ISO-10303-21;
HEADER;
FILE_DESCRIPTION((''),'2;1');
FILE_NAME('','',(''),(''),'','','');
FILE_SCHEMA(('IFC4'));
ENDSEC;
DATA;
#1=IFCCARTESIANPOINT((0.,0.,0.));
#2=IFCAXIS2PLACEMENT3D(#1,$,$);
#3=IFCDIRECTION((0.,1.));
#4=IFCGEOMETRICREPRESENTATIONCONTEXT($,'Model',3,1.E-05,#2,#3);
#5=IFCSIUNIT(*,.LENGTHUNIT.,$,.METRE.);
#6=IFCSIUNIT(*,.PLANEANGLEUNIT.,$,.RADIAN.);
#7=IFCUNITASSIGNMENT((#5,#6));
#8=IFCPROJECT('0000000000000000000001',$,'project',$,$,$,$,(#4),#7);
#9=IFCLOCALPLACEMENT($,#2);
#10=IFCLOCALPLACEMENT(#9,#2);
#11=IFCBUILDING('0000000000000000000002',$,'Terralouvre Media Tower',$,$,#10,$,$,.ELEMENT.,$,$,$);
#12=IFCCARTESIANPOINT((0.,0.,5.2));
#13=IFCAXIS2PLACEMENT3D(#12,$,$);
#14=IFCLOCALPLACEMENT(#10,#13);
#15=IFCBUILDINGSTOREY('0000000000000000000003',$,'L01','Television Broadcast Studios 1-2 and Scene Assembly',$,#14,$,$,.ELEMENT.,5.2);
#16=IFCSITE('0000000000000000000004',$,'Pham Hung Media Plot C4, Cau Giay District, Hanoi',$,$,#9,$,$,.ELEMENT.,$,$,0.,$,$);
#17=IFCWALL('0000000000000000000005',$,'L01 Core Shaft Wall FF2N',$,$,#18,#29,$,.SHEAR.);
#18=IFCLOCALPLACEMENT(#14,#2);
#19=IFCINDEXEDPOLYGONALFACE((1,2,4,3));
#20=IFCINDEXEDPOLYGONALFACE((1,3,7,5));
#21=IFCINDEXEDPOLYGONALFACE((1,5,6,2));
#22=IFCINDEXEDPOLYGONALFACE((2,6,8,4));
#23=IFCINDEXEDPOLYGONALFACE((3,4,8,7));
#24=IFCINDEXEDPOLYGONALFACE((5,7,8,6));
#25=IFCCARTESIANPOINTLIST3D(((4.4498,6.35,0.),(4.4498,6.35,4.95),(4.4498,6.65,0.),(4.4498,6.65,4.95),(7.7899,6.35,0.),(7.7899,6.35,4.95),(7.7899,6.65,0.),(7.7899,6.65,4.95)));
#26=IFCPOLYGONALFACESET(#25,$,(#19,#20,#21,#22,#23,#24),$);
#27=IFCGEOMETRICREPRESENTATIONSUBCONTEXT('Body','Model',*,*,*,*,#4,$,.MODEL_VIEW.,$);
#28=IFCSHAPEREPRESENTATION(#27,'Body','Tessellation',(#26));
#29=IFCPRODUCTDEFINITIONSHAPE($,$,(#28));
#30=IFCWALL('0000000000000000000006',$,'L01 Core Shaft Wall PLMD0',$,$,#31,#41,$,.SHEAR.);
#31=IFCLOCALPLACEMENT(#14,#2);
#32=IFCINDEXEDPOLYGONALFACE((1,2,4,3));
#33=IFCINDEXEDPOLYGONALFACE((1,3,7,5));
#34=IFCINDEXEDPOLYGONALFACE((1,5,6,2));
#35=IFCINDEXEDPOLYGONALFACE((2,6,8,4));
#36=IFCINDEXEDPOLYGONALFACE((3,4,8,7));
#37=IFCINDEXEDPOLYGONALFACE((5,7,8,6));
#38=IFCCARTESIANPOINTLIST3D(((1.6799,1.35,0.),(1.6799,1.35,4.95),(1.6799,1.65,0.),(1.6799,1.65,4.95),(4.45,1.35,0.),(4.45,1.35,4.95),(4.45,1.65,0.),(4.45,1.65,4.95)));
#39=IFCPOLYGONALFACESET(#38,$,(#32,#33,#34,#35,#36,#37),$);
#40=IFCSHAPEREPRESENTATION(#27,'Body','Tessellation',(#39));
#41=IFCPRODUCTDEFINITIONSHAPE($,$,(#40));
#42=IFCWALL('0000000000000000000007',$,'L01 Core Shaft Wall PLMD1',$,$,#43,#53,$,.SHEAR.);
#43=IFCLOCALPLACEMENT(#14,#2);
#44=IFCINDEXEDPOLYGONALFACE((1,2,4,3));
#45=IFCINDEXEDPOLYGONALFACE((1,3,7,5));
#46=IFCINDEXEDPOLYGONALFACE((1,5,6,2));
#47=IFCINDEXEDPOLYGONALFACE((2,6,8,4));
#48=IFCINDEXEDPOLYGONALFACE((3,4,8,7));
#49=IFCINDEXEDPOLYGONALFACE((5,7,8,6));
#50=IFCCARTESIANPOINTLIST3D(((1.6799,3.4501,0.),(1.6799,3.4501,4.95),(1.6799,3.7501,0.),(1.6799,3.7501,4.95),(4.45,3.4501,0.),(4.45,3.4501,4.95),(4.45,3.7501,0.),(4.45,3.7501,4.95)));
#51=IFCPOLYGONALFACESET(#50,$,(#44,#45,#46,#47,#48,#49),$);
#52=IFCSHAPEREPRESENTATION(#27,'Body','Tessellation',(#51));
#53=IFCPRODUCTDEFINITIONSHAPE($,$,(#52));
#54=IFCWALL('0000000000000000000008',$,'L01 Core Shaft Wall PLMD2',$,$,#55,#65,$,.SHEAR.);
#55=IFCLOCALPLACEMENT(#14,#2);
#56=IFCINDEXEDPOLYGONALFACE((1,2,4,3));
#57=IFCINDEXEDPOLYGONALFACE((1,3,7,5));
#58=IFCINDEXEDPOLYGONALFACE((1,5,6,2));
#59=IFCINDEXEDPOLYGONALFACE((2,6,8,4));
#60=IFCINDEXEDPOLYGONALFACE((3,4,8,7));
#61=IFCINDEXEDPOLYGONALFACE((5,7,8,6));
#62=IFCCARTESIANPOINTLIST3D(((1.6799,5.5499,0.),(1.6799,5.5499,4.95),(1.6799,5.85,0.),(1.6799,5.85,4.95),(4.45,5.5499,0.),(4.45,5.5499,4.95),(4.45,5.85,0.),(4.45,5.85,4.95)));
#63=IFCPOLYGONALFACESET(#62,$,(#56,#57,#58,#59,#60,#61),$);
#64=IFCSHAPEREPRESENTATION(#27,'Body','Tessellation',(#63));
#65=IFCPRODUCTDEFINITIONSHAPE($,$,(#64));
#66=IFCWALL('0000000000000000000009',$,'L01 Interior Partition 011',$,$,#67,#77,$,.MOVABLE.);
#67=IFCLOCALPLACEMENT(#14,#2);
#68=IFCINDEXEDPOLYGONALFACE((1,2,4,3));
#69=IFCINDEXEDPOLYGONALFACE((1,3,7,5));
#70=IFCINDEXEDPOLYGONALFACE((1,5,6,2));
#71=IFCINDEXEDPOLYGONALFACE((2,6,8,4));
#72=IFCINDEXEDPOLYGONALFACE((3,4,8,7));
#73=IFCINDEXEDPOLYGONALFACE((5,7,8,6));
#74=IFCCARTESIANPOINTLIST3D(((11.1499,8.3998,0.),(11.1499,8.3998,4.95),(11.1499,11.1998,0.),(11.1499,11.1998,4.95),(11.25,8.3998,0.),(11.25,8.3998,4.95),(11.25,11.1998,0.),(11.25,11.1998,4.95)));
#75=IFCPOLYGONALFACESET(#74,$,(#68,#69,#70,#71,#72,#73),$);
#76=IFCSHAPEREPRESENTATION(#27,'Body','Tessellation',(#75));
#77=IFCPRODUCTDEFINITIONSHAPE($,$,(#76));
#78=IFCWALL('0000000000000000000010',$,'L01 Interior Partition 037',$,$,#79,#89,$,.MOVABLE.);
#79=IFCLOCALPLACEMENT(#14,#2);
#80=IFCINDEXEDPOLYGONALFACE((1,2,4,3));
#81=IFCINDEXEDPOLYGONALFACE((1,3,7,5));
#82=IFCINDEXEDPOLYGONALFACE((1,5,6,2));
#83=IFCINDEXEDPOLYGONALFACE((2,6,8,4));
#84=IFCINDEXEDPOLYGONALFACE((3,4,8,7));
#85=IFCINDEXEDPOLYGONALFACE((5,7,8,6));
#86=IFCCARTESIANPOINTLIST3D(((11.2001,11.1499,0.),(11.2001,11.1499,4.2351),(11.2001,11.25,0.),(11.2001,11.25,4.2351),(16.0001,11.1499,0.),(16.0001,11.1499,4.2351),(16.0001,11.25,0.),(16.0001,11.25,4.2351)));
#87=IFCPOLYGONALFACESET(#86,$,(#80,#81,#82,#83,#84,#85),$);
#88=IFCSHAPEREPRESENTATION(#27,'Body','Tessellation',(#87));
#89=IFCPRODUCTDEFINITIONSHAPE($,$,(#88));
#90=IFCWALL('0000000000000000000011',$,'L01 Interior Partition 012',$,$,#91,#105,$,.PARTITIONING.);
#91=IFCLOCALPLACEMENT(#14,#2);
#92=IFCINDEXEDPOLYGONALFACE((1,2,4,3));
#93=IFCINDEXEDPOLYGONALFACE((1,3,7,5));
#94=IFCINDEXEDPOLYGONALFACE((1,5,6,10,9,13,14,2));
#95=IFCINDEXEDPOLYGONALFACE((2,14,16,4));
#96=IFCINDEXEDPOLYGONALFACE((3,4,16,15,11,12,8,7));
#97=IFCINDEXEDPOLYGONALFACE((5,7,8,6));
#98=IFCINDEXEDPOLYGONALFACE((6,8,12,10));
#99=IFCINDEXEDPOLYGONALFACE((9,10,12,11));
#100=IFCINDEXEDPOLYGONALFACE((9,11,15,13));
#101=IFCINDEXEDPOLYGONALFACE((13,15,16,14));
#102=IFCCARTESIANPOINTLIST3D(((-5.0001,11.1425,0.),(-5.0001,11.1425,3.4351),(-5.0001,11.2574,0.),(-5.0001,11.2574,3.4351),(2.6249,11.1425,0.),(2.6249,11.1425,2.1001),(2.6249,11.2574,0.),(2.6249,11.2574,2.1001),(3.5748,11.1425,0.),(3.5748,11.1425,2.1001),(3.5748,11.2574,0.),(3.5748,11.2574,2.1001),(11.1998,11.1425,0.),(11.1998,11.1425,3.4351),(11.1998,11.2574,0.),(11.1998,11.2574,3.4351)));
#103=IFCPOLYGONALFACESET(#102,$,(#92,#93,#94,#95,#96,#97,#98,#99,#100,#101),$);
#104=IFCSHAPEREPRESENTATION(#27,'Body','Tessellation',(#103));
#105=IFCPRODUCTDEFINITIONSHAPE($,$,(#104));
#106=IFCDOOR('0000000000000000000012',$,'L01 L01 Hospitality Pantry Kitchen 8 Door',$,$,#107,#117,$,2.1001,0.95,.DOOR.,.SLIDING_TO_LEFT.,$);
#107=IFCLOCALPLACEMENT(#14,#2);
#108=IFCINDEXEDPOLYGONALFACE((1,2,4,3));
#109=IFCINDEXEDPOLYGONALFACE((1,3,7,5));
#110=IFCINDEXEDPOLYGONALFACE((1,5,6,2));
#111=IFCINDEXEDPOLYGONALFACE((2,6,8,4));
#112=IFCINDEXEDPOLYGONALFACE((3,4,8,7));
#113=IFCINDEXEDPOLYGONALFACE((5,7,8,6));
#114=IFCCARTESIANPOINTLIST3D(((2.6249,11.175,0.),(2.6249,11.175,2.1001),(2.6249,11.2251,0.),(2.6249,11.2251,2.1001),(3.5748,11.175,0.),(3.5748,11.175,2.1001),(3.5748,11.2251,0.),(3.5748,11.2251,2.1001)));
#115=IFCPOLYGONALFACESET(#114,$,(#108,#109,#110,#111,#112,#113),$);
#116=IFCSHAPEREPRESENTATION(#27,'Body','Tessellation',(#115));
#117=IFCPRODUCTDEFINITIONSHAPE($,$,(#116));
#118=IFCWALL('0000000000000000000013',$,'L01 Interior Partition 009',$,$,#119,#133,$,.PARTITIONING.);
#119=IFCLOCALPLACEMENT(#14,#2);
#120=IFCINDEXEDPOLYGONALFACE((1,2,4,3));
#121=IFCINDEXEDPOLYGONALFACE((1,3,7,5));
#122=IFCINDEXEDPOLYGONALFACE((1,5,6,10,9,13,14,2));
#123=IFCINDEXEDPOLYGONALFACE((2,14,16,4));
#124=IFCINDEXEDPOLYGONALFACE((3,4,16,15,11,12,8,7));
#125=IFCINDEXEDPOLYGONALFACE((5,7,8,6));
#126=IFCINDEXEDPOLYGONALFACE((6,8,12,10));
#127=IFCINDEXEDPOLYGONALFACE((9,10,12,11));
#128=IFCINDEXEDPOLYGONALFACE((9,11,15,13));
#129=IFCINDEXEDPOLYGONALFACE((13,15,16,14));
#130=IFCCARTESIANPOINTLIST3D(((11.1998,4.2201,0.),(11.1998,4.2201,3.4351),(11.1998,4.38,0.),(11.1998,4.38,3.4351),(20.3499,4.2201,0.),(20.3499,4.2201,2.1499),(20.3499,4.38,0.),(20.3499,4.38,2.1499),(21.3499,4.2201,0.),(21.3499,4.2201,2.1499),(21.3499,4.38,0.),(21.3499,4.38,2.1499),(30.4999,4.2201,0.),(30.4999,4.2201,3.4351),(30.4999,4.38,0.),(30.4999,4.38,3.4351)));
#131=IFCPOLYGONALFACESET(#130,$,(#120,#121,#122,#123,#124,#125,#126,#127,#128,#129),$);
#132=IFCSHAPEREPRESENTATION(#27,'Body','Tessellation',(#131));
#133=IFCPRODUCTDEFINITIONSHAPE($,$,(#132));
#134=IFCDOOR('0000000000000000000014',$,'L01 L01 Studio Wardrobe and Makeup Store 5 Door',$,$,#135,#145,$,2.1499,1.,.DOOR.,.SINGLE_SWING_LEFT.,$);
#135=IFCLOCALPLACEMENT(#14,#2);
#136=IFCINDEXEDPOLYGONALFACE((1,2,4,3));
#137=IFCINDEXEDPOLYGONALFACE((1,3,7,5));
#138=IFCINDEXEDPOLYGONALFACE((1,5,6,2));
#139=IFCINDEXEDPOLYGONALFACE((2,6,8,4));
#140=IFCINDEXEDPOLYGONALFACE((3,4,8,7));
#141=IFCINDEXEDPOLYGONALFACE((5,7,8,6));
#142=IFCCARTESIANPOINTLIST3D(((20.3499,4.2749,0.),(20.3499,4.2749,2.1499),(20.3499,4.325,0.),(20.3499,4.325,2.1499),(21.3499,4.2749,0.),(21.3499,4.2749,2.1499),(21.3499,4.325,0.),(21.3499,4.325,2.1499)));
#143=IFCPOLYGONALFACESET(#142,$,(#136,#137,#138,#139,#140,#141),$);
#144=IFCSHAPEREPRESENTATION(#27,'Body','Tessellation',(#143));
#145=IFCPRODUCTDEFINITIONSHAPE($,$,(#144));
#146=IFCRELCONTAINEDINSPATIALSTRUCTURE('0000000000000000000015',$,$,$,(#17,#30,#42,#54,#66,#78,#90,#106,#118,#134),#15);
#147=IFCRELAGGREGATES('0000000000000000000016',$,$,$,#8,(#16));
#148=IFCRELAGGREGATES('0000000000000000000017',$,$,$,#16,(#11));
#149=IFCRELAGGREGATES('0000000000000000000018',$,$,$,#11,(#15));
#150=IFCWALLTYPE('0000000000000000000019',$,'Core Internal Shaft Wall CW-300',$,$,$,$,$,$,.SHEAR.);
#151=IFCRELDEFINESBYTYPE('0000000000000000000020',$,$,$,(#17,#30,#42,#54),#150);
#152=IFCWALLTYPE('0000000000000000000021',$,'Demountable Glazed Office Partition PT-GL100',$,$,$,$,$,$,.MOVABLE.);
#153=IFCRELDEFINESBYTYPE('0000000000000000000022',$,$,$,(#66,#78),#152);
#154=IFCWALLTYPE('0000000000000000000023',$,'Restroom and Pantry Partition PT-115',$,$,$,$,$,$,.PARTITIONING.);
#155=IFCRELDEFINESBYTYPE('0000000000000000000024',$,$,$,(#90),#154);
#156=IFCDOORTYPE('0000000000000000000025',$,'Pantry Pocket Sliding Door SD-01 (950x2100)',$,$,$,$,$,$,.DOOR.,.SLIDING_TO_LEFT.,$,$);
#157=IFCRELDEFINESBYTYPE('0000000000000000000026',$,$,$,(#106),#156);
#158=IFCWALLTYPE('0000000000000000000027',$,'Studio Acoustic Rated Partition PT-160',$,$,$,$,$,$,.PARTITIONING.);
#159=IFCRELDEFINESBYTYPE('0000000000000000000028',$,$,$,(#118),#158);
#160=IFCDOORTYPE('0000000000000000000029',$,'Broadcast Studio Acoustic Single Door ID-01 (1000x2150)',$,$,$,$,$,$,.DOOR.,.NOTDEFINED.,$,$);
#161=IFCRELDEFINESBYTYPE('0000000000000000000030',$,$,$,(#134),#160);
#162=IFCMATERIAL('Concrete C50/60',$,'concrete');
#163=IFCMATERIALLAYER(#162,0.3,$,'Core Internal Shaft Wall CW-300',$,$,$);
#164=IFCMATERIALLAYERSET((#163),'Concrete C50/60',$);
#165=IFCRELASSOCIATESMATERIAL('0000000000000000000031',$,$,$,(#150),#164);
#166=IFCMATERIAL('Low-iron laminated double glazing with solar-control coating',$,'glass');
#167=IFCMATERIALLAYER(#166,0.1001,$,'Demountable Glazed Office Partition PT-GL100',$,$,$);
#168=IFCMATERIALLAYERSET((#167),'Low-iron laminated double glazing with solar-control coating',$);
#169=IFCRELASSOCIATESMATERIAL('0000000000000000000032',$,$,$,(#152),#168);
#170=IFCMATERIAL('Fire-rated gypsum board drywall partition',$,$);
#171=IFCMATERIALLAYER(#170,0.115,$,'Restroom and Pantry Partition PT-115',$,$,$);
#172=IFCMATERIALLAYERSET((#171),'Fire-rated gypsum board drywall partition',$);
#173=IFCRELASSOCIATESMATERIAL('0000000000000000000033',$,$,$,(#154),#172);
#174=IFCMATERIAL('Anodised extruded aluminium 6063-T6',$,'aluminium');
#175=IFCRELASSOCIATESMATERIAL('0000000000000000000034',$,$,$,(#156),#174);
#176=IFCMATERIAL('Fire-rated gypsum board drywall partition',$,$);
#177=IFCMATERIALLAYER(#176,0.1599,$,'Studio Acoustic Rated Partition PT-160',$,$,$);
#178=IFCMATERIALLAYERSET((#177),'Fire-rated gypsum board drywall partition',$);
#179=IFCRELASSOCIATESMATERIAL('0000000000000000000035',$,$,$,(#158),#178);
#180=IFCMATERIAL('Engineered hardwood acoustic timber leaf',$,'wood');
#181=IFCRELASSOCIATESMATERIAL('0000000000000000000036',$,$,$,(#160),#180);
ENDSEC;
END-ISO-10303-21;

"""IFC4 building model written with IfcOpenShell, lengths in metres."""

from ifc_helpers import new_model, si_unit, direction, frame, frame_2d, origin, place, context, subcontext, project, spatial, rectangle, extrude, material, layer, layer_set, type_object, element, fill, save


model = new_model("IFC4")

# Units and contexts
model_context = context("Model", 3, precision=1e-05, world=origin(), true_north=direction((0.0, 1.0)))
body_context = subcontext(model_context, "Body", "Model", "MODEL_VIEW")
ifc_project = project(units=[si_unit("LENGTHUNIT", "METRE"), si_unit("PLANEANGLEUNIT", "RADIAN")], contexts=[model_context])

# Site, building, storey
site_placement = place(None, origin())
site = spatial("IfcSite", under=ifc_project, at=site_placement, Name="Pham Hung Media Plot C4, Cau Giay District, Hanoi", CompositionType="ELEMENT", RefElevation=0.0)
building_placement = place(site_placement, origin())
building = spatial("IfcBuilding", under=site, at=building_placement, Name="Terralouvre Media Tower", CompositionType="ELEMENT")
storey_placement = place(building_placement, frame((0.0, 0.0, 5.2)))
storey = spatial("IfcBuildingStorey", under=building, at=storey_placement, Name="L01", Description="Television Broadcast Studios 1-2 and Scene Assembly", CompositionType="ELEMENT", Elevation=5.2)

# Shared definitions
ifc_material_1 = material(Name="Concrete C50/60", Category="concrete")
ifc_layer_1 = layer(ifc_material_1, 0.3, Name="Core Internal Shaft Wall CW-300")
ifc_layer_set_1 = layer_set([ifc_layer_1], Name="Concrete C50/60")
wall_type_1 = type_object("IfcWallType", Name="Core Internal Shaft Wall CW-300", PredefinedType="SHEAR", material=ifc_layer_set_1)

# Walls
wall_1_placement = place(storey_placement, frame((4.45, 6.5, 0.0), z_axis=(0.0, 0.0, 1.0), x_axis=(1.0, 0.0, 0.0)))
element("IfcWall", 1, at=wall_1_placement, inside=storey, type_object=wall_type_1, Name="L01 Core Shaft Wall FF2N", PredefinedType="SHEAR", context=body_context, shape_type="SweptSolid", body=[
    extrude(rectangle(XDim=3.3401, YDim=0.3, at=frame_2d((1.6699, 0.0))), origin(), (0.0, 0.0, 1.0), 4.95),
])
for number, where, z_axis, x_axis, name in (
    (2, (1.6799, 1.5, 0.0), (0.0, 0.0, 1.0), (1.0, 0.0, 0.0), "L01 Core Shaft Wall PLMD0"),
    (3, (1.6799, 3.6001, 0.0), (0.0, 0.0, 1.0), (1.0, 0.0, 0.0), "L01 Core Shaft Wall PLMD1"),
    (4, (1.6799, 5.7, 0.0), (0.0, 0.0, 1.0), (1.0, 0.0, 0.0), "L01 Core Shaft Wall PLMD2"),
):
    element("IfcWall", number, at=place(storey_placement, frame(where, z_axis=z_axis, x_axis=x_axis)), inside=storey, type_object=wall_type_1, Name=name, PredefinedType="SHEAR", context=body_context, shape_type="SweptSolid", body=[
        extrude(rectangle(XDim=2.77, YDim=0.3, at=frame_2d((1.385, 0.0))), origin(), (0.0, 0.0, 1.0), 4.95),
    ])
ifc_material_2 = material(Name="Low-iron laminated double glazing with solar-control coating", Category="glass")
ifc_layer_2 = layer(ifc_material_2, 0.1001, Name="Demountable Glazed Office Partition PT-GL100")
ifc_layer_set_2 = layer_set([ifc_layer_2], Name="Low-iron laminated double glazing with solar-control coating")
wall_type_2 = type_object("IfcWallType", Name="Demountable Glazed Office Partition PT-GL100", PredefinedType="MOVABLE", material=ifc_layer_set_2)
wall_2_placement = place(storey_placement, frame((11.2, 8.3999, 0.0), z_axis=(0.0, 0.0, 1.0), x_axis=(0.0, 1.0, 0.0)))
element("IfcWall", 5, at=wall_2_placement, inside=storey, type_object=wall_type_2, Name="L01 Interior Partition 011", PredefinedType="MOVABLE", context=body_context, shape_type="SweptSolid", body=[
    extrude(rectangle(XDim=2.8, YDim=0.1001, at=frame_2d((1.3999, 0.0))), origin(), (0.0, 0.0, 1.0), 4.95),
])
wall_3_placement = place(storey_placement, frame((16.0, 11.2, 0.0), z_axis=(0.0, 0.0, 1.0), x_axis=(-1.0, 0.0, 0.0)))
element("IfcWall", 6, at=wall_3_placement, inside=storey, type_object=wall_type_2, Name="L01 Interior Partition 037", PredefinedType="MOVABLE", context=body_context, shape_type="SweptSolid", body=[
    extrude(rectangle(XDim=4.8, YDim=0.1001, at=frame_2d((2.3999, 0.0))), origin(), (0.0, 0.0, 1.0), 4.2351),
])

# Walls, openings, doors
ifc_material_3 = material(Name="Fire-rated gypsum board drywall partition")
ifc_layer_3 = layer(ifc_material_3, 0.115, Name="Restroom and Pantry Partition PT-115")
ifc_layer_set_3 = layer_set([ifc_layer_3], Name="Fire-rated gypsum board drywall partition")
wall_type_3 = type_object("IfcWallType", Name="Restroom and Pantry Partition PT-115", PredefinedType="PARTITIONING", material=ifc_layer_set_3)
wall_4_placement = place(storey_placement, frame((11.2, 11.2, 0.0), z_axis=(0.0, 0.0, 1.0), x_axis=(-1.0, 0.0, 0.0)))
wall_4 = element("IfcWall", 7, at=wall_4_placement, inside=storey, type_object=wall_type_3, Name="L01 Interior Partition 012", PredefinedType="PARTITIONING", context=body_context, shape_type="SweptSolid", body=[
    extrude(rectangle(XDim=16.2, YDim=0.115, at=frame_2d((8.1001, 0.0))), origin(), (0.0, 0.0, 1.0), 3.4351),
])
opening_1_placement = place(wall_4_placement, frame((7.625, 0.0, 0.0)))
opening_1 = element("IfcOpeningElement", 8, at=opening_1_placement, cuts=wall_4, PredefinedType="OPENING", context=body_context, shape_type="SweptSolid", body=[
    extrude(rectangle(XDim=0.95, YDim=2.1001, at=frame_2d((0.4751, 1.05))), frame((0.0, 0.0674, 0.0), z_axis=(0.0, -1.0, 0.0), x_axis=(1.0, 0.0, 0.0)), (0.0, 0.0, 1.0), 0.135),
])
ifc_material_4 = material(Name="Anodised extruded aluminium 6063-T6", Category="aluminium")
door_type_1 = type_object("IfcDoorType", Name="Pantry Pocket Sliding Door SD-01 (950x2100)", OperationType="SLIDING_TO_LEFT", PredefinedType="DOOR", material=ifc_material_4)
door_1_placement = place(opening_1_placement, origin())
door_1 = element("IfcDoor", 9, at=door_1_placement, inside=storey, type_object=door_type_1, Name="L01 L01 Hospitality Pantry Kitchen 8 Door", OperationType="SLIDING_TO_LEFT", OverallHeight=2.1001, OverallWidth=0.95, PredefinedType="DOOR", context=body_context, shape_type="SweptSolid", body=[
    extrude(rectangle(XDim=0.95, YDim=2.1001, at=frame_2d((0.4751, 1.05))), frame((0.0, 0.0249, 0.0), z_axis=(0.0, -1.0, 0.0), x_axis=(1.0, 0.0, 0.0)), (0.0, 0.0, 1.0), 0.05),
])
fill(opening_1, door_1)
ifc_material_5 = material(Name="Fire-rated gypsum board drywall partition")
ifc_layer_4 = layer(ifc_material_5, 0.1599, Name="Studio Acoustic Rated Partition PT-160")
ifc_layer_set_4 = layer_set([ifc_layer_4], Name="Fire-rated gypsum board drywall partition")
wall_type_4 = type_object("IfcWallType", Name="Studio Acoustic Rated Partition PT-160", PredefinedType="PARTITIONING", material=ifc_layer_set_4)
wall_5_placement = place(storey_placement, frame((11.2, 4.3, 0.0), z_axis=(0.0, 0.0, 1.0), x_axis=(1.0, 0.0, 0.0)))
wall_5 = element("IfcWall", 10, at=wall_5_placement, inside=storey, type_object=wall_type_4, Name="L01 Interior Partition 009", PredefinedType="PARTITIONING", context=body_context, shape_type="SweptSolid", body=[
    extrude(rectangle(XDim=19.3, YDim=0.1599, at=frame_2d((9.6499, 0.0))), origin(), (0.0, 0.0, 1.0), 3.4351),
])
opening_2_placement = place(wall_5_placement, frame((9.1499, 0.0, 0.0)))
opening_2 = element("IfcOpeningElement", 11, at=opening_2_placement, cuts=wall_5, PredefinedType="OPENING", context=body_context, shape_type="SweptSolid", body=[
    extrude(rectangle(XDim=1.0, YDim=2.1499, at=frame_2d((0.5, 1.075))), frame((0.0, 0.0898, 0.0), z_axis=(0.0, -1.0, 0.0), x_axis=(1.0, 0.0, 0.0)), (0.0, 0.0, 1.0), 0.1799),
])
ifc_material_6 = material(Name="Engineered hardwood acoustic timber leaf", Category="wood")
door_type_2 = type_object("IfcDoorType", Name="Broadcast Studio Acoustic Single Door ID-01 (1000x2150)", OperationType="NOTDEFINED", PredefinedType="DOOR", material=ifc_material_6)
door_2_placement = place(opening_2_placement, origin())
door_2 = element("IfcDoor", 12, at=door_2_placement, inside=storey, type_object=door_type_2, Name="L01 L01 Studio Wardrobe and Makeup Store 5 Door", OperationType="SINGLE_SWING_LEFT", OverallHeight=2.1499, OverallWidth=1.0, PredefinedType="DOOR", context=body_context, shape_type="SweptSolid", body=[
    extrude(rectangle(XDim=1.0, YDim=2.1499, at=frame_2d((0.5, 1.075))), frame((0.0, 0.0249, 0.0), z_axis=(0.0, -1.0, 0.0), x_axis=(1.0, 0.0, 0.0)), (0.0, 0.0, 1.0), 0.05),
])
fill(opening_2, door_2)

save(model, "model.ifc")
